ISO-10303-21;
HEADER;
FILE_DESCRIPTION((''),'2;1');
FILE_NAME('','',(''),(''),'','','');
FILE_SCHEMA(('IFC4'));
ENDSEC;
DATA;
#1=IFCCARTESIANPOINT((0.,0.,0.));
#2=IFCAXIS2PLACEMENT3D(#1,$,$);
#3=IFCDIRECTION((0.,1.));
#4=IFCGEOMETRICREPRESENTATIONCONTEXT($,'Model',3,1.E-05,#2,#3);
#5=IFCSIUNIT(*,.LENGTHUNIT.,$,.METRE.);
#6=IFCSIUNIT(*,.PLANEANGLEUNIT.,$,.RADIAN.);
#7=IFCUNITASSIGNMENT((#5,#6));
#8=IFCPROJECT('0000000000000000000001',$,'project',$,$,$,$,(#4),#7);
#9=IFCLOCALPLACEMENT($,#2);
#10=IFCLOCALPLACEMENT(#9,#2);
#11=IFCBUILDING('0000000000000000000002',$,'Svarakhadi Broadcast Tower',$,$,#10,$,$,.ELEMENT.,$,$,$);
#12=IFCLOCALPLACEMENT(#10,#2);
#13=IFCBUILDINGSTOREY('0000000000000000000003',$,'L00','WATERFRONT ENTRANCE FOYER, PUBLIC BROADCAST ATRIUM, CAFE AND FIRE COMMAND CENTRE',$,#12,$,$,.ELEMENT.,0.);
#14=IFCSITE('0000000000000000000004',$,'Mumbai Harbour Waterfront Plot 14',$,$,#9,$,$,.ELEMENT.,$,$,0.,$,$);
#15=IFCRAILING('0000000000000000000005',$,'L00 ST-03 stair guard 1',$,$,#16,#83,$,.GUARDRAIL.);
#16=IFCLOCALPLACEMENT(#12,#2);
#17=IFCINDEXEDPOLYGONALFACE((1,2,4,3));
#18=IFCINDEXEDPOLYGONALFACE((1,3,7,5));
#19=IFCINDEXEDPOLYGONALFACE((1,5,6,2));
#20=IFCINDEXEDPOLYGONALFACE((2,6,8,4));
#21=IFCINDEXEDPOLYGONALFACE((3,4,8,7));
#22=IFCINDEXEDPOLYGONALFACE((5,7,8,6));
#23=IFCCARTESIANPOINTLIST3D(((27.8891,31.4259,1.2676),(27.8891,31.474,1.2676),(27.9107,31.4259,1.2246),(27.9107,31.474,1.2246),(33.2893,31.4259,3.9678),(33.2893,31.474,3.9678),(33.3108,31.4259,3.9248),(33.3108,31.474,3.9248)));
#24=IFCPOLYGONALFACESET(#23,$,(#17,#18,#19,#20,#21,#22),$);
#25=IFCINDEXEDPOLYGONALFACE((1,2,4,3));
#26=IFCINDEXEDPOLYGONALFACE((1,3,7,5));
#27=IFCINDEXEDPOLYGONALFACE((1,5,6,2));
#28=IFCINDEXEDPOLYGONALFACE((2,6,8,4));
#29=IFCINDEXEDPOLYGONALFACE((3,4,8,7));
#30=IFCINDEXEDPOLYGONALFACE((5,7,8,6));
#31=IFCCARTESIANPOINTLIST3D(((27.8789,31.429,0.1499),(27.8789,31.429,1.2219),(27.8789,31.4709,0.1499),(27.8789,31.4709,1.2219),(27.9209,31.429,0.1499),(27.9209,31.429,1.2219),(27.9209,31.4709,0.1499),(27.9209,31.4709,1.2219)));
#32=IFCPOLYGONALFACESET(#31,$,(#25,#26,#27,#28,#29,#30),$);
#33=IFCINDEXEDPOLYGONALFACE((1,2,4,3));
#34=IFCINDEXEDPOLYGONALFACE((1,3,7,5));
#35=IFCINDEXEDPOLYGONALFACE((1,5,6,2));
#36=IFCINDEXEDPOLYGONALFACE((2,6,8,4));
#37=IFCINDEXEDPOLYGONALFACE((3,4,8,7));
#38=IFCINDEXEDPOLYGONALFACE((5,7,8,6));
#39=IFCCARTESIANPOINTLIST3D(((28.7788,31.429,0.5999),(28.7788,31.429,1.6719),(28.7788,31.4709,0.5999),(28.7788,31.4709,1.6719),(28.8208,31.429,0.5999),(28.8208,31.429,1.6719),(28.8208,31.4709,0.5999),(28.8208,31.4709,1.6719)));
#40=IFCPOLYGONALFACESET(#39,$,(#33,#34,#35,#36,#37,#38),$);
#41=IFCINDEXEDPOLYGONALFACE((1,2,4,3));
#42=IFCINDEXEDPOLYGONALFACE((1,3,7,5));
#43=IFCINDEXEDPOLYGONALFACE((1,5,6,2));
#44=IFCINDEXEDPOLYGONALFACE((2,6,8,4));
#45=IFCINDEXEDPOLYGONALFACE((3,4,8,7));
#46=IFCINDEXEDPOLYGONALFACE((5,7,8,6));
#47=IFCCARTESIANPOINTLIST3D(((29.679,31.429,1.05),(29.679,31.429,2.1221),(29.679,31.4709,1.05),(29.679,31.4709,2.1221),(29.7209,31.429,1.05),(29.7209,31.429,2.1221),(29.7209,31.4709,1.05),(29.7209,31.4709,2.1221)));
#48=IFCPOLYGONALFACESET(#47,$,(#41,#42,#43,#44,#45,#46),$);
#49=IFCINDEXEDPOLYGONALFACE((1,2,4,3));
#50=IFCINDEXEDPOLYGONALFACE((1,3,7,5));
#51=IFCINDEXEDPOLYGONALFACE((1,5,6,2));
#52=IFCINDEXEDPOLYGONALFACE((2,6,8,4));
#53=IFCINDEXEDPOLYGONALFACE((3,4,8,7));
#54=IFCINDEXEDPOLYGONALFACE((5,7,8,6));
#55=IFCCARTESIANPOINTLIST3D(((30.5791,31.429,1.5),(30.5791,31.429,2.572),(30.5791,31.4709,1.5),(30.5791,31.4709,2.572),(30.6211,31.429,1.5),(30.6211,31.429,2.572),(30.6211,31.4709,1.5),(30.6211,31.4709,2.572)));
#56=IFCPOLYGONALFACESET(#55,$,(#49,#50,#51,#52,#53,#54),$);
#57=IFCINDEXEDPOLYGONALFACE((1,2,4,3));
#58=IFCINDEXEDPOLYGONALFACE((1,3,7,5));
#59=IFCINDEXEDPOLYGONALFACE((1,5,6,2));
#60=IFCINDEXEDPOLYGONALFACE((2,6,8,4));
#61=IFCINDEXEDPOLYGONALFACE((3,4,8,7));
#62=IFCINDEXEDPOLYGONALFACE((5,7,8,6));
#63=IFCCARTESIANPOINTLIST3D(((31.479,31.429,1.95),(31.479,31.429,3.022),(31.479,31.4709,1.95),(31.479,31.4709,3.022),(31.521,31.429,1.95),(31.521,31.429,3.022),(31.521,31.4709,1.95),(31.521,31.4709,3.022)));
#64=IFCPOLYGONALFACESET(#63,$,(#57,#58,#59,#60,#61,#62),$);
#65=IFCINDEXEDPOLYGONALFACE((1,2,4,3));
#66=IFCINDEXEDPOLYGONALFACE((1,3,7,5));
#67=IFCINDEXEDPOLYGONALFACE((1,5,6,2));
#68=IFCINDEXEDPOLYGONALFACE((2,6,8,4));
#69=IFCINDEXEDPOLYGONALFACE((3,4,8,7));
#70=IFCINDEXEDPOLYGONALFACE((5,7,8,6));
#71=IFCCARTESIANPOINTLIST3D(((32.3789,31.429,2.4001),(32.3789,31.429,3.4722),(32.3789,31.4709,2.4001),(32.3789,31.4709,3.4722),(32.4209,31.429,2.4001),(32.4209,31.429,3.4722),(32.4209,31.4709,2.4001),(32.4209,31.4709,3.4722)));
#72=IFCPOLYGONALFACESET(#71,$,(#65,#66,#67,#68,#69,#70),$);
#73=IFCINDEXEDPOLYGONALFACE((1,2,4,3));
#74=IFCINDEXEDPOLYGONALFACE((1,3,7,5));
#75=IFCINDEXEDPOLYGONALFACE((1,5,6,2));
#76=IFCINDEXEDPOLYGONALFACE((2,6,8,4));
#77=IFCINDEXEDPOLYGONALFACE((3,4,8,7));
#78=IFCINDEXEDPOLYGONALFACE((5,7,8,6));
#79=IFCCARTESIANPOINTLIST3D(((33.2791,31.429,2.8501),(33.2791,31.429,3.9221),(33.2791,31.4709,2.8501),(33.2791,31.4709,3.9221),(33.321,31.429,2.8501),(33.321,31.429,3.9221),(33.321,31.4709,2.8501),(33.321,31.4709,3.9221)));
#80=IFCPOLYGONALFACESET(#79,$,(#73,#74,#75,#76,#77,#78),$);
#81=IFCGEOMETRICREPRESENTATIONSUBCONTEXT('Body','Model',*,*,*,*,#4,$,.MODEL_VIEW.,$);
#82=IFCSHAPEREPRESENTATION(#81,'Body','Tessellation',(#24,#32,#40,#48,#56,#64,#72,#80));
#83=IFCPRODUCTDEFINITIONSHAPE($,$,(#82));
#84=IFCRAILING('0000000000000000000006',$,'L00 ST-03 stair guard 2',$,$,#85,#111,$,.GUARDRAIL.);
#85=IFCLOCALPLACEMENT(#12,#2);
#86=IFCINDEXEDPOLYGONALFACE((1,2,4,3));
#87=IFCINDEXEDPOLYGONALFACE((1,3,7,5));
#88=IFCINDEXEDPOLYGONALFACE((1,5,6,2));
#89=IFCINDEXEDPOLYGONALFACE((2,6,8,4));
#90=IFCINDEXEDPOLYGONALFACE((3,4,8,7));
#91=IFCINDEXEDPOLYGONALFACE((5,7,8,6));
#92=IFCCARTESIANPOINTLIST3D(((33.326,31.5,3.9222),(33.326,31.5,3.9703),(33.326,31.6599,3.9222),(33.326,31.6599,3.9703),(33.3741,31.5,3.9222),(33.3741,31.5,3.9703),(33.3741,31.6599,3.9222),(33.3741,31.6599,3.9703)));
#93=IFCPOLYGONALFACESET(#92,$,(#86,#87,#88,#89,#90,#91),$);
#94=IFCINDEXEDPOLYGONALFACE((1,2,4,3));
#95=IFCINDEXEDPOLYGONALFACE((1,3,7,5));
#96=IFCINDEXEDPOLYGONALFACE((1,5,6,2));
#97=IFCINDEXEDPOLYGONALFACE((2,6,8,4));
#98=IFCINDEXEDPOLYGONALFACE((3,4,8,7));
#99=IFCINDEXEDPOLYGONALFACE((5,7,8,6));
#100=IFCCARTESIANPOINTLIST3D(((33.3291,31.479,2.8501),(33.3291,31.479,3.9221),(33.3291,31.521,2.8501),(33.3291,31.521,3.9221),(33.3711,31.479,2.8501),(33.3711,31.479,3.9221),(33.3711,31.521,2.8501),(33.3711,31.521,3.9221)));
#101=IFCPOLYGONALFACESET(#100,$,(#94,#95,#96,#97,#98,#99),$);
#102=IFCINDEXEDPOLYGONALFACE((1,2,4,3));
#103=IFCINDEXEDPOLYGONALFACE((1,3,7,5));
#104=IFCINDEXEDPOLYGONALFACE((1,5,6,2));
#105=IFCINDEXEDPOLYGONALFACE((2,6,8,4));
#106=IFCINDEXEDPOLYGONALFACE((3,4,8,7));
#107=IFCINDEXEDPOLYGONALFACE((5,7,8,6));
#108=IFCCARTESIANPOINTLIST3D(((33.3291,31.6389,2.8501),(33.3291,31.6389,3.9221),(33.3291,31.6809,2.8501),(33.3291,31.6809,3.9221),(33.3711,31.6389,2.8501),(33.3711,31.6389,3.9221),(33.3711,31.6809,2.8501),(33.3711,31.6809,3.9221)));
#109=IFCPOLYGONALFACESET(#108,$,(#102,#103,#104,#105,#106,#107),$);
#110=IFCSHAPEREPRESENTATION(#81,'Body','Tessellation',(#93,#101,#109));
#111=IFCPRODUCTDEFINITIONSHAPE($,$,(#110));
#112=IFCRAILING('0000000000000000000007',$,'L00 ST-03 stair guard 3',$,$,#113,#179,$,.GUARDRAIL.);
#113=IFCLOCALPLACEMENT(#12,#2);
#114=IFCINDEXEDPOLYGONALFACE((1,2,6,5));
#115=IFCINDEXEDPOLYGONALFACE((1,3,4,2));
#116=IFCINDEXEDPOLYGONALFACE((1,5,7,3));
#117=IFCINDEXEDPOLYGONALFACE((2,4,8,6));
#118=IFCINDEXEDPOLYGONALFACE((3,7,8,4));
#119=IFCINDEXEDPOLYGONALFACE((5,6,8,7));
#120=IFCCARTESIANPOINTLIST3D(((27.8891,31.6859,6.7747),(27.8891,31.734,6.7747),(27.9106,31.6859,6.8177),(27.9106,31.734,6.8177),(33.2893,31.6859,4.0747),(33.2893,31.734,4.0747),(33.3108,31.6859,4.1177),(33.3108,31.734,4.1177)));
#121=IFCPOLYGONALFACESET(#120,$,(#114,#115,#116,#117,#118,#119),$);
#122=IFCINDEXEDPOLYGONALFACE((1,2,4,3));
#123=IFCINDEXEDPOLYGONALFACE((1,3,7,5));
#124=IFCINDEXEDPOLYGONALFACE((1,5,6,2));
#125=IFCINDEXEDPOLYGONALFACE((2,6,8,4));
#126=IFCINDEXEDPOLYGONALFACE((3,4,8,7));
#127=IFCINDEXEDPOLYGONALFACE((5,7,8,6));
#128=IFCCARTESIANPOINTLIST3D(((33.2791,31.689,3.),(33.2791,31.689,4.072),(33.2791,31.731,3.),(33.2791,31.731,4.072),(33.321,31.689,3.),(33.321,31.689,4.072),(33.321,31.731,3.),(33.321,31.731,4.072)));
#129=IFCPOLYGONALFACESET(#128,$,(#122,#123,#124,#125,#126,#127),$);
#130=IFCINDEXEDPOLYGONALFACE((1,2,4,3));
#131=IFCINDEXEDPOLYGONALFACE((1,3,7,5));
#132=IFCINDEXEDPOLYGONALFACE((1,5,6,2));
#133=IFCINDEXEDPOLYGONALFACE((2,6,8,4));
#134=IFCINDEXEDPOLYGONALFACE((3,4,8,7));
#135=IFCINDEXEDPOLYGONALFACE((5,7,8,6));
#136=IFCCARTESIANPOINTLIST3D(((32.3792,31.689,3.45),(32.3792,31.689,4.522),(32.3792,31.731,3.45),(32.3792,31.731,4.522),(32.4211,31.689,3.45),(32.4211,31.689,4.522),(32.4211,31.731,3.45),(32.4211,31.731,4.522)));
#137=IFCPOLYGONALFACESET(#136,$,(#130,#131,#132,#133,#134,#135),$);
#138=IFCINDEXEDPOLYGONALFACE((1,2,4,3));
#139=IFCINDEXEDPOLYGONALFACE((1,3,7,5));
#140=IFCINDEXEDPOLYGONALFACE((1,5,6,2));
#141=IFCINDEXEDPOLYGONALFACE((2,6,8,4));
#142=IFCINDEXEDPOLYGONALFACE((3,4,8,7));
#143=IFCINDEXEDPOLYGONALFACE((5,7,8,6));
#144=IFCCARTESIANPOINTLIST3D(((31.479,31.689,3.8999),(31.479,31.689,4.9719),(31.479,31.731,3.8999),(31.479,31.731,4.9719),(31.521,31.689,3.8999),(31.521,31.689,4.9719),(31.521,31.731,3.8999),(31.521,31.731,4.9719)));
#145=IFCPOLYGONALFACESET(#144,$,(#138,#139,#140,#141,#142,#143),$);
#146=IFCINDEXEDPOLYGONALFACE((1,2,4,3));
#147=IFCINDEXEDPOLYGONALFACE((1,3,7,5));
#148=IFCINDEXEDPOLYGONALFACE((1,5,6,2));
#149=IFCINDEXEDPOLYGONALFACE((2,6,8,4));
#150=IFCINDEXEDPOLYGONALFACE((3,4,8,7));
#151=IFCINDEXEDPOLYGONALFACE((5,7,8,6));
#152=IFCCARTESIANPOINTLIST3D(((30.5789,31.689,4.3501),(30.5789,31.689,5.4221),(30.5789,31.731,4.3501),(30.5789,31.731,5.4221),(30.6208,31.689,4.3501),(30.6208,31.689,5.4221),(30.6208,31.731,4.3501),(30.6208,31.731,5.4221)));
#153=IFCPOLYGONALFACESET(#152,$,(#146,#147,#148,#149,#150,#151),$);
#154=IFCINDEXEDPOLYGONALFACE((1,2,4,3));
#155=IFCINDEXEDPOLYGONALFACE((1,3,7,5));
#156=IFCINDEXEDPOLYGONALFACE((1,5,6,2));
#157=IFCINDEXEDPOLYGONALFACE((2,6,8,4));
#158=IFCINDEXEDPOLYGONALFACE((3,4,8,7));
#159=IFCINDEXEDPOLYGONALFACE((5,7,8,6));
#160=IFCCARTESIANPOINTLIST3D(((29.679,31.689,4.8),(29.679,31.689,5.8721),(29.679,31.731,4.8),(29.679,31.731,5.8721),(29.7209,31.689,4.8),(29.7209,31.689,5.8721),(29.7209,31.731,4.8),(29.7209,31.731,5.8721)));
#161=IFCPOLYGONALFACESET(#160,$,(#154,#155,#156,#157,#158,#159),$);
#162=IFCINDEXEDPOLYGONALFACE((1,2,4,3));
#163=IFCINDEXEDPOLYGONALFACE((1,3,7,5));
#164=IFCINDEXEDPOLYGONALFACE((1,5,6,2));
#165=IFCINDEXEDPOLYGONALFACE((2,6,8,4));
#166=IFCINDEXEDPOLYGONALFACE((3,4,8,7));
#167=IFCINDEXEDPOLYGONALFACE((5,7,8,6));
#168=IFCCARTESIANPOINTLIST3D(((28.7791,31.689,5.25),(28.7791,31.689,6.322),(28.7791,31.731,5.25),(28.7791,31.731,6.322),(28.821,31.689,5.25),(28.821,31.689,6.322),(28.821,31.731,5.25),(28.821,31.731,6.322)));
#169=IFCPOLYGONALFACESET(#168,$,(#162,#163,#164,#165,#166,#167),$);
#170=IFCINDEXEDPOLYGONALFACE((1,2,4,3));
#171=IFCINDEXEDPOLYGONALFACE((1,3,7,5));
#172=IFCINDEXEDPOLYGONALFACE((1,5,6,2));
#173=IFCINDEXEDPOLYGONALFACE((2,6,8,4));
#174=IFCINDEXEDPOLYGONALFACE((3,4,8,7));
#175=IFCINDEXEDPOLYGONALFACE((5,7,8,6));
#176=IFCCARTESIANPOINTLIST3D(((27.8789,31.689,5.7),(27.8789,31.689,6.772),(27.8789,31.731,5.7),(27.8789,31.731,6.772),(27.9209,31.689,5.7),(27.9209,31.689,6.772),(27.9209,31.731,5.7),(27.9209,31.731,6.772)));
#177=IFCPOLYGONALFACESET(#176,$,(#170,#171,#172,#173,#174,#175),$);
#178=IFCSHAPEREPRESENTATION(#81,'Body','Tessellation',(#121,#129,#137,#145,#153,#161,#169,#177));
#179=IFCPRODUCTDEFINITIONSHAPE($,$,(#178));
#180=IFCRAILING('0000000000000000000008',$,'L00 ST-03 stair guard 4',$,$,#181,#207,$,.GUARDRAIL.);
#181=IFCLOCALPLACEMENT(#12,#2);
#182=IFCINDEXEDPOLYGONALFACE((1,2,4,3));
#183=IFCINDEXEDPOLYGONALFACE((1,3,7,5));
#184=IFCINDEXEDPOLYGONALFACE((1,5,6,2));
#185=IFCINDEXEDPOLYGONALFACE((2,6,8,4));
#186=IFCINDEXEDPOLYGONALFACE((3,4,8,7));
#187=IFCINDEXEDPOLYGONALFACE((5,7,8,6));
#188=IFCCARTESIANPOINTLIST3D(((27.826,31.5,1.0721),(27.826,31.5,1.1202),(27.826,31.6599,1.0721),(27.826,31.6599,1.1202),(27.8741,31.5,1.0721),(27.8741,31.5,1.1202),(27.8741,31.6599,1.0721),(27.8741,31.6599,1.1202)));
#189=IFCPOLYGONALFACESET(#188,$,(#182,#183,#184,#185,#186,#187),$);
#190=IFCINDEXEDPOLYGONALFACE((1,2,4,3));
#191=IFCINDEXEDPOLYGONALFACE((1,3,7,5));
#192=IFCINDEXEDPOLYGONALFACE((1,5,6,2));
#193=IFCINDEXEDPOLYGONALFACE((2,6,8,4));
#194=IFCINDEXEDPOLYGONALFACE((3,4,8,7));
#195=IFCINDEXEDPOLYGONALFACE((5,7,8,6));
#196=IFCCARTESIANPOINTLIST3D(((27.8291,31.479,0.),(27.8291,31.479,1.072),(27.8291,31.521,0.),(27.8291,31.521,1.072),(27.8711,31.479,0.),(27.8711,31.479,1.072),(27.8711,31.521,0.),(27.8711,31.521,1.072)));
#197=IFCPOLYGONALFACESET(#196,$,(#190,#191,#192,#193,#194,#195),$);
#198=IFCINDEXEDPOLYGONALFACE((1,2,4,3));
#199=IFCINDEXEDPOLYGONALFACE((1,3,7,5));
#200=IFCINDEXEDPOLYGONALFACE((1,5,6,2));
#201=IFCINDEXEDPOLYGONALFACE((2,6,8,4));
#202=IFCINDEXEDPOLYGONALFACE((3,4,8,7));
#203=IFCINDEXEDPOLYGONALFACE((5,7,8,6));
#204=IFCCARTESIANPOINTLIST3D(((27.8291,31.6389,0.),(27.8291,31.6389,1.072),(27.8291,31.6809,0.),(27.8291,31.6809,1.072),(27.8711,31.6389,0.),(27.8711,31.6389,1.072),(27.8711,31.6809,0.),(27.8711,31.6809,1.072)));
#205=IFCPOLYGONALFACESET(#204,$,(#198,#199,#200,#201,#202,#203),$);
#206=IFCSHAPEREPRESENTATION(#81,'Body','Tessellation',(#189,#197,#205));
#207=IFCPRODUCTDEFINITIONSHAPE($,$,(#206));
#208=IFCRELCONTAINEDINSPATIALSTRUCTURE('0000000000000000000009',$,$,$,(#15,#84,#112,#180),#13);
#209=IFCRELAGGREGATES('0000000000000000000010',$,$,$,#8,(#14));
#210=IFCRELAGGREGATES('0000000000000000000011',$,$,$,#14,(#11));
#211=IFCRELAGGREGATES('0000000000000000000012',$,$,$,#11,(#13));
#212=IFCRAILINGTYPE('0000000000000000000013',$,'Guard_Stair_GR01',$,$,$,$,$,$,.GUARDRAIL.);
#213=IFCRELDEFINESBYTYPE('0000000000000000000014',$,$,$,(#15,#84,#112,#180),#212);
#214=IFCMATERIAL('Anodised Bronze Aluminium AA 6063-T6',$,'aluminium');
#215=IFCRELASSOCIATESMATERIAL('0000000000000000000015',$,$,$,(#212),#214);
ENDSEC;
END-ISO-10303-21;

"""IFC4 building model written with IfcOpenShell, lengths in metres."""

from ifc_helpers import new_model, si_unit, direction, frame, origin, origin_2d, place, context, subcontext, project, spatial, rectangle, extrude, material, type_object, element, save


model = new_model("IFC4")

# Units and contexts
model_context = context("Model", 3, precision=1e-05, world=origin(), true_north=direction((0.0, 1.0)))
body_context = subcontext(model_context, "Body", "Model", "MODEL_VIEW")
ifc_project = project(units=[si_unit("LENGTHUNIT", "METRE"), si_unit("PLANEANGLEUNIT", "RADIAN")], contexts=[model_context])

# Site, building, storey
site_placement = place(None, origin())
site = spatial("IfcSite", under=ifc_project, at=site_placement, Name="Mumbai Harbour Waterfront Plot 14", CompositionType="ELEMENT", RefElevation=0.0)
building_placement = place(site_placement, origin())
building = spatial("IfcBuilding", under=site, at=building_placement, Name="Svarakhadi Broadcast Tower", CompositionType="ELEMENT")
storey_placement = place(building_placement, origin())
storey = spatial("IfcBuildingStorey", under=building, at=storey_placement, Name="L00", Description="WATERFRONT ENTRANCE FOYER, PUBLIC BROADCAST ATRIUM, CAFE AND FIRE COMMAND CENTRE", CompositionType="ELEMENT", Elevation=0.0)

# Shared definitions
ifc_material_1 = material(Name="Anodised Bronze Aluminium AA 6063-T6", Category="aluminium")

# Railings
railing_type_1 = type_object("IfcRailingType", Name="Guard_Stair_GR01", PredefinedType="GUARDRAIL", material=ifc_material_1)
railing_1_placement = place(storey_placement, frame((27.8999, 31.45, 0.1499)))
element("IfcRailing", 1, at=railing_1_placement, inside=storey, type_object=railing_type_1, Name="L00 ST-03 stair guard 1", PredefinedType="GUARDRAIL", context=body_context, shape_type="SweptSolid", body=[
    extrude(rectangle(XDim=0.0481, YDim=0.0481, at=origin_2d()), frame((0.0, 0.0, 1.0962), z_axis=(0.894419, 0.0, 0.44723), x_axis=(0.0, 1.0, 0.0)), (0.0, 0.0, 1.0), 6.0376),
    extrude(rectangle(XDim=0.042, YDim=0.042, at=origin_2d()), origin(), (0.0, 0.0, 1.0), 1.072),
    extrude(rectangle(XDim=0.042, YDim=0.042, at=origin_2d()), frame((0.8999, 0.0, 0.45)), (0.0, 0.0, 1.0), 1.072),
    extrude(rectangle(XDim=0.042, YDim=0.042, at=origin_2d()), frame((1.8, 0.0, 0.9001)), (0.0, 0.0, 1.0), 1.072),
    extrude(rectangle(XDim=0.042, YDim=0.042, at=origin_2d()), frame((2.7002, 0.0, 1.3501)), (0.0, 0.0, 1.0), 1.072),
    extrude(rectangle(XDim=0.042, YDim=0.042, at=origin_2d()), frame((3.6001, 0.0, 1.8)), (0.0, 0.0, 1.0), 1.072),
    extrude(rectangle(XDim=0.042, YDim=0.042, at=origin_2d()), frame((4.5, 0.0, 2.2502)), (0.0, 0.0, 1.0), 1.072),
    extrude(rectangle(XDim=0.042, YDim=0.042, at=origin_2d()), frame((5.4001, 0.0, 2.7002)), (0.0, 0.0, 1.0), 1.072),
])
railing_2_placement = place(storey_placement, frame((33.3501, 31.5, 2.8501)))
element("IfcRailing", 2, at=railing_2_placement, inside=storey, type_object=railing_type_1, Name="L00 ST-03 stair guard 2", PredefinedType="GUARDRAIL", context=body_context, shape_type="SweptSolid", body=[
    extrude(rectangle(XDim=0.0481, YDim=0.0481, at=origin_2d()), frame((0.0, 0.0, 1.0962), z_axis=(0.0, 1.0, 0.0), x_axis=(-1.0, 0.0, 0.0)), (0.0, 0.0, 1.0), 0.1599),
    extrude(rectangle(XDim=0.042, YDim=0.042, at=origin_2d()), origin(), (0.0, 0.0, 1.0), 1.072),
    extrude(rectangle(XDim=0.042, YDim=0.042, at=origin_2d()), frame((0.0, 0.1599, 0.0)), (0.0, 0.0, 1.0), 1.072),
])
railing_3_placement = place(storey_placement, frame((33.3, 31.71, 3.0)))
element("IfcRailing", 3, at=railing_3_placement, inside=storey, type_object=railing_type_1, Name="L00 ST-03 stair guard 3", PredefinedType="GUARDRAIL", context=body_context, shape_type="SweptSolid", body=[
    extrude(rectangle(XDim=0.0481, YDim=0.0481, at=origin_2d()), frame((0.0, 0.0, 1.0962), z_axis=(-0.894435, 0.0, 0.447197), x_axis=(0.0, -1.0, 0.0)), (0.0, 0.0, 1.0), 6.0376),
    extrude(rectangle(XDim=0.042, YDim=0.042, at=origin_2d()), origin(), (0.0, 0.0, 1.0), 1.072),
    extrude(rectangle(XDim=0.042, YDim=0.042, at=origin_2d()), frame((-0.8999, 0.0, 0.45)), (0.0, 0.0, 1.0), 1.072),
    extrude(rectangle(XDim=0.042, YDim=0.042, at=origin_2d()), frame((-1.8, 0.0, 0.8999)), (0.0, 0.0, 1.0), 1.072),
    extrude(rectangle(XDim=0.042, YDim=0.042, at=origin_2d()), frame((-2.7002, 0.0, 1.3501)), (0.0, 0.0, 1.0), 1.072),
    extrude(rectangle(XDim=0.042, YDim=0.042, at=origin_2d()), frame((-3.6001, 0.0, 1.8)), (0.0, 0.0, 1.0), 1.072),
    extrude(rectangle(XDim=0.042, YDim=0.042, at=origin_2d()), frame((-4.5, 0.0, 2.25)), (0.0, 0.0, 1.0), 1.072),
    extrude(rectangle(XDim=0.042, YDim=0.042, at=origin_2d()), frame((-5.4001, 0.0, 2.7)), (0.0, 0.0, 1.0), 1.072),
])
railing_4_placement = place(storey_placement, frame((27.8501, 31.5, 0.0)))
element("IfcRailing", 4, at=railing_4_placement, inside=storey, type_object=railing_type_1, Name="L00 ST-03 stair guard 4", PredefinedType="GUARDRAIL", context=body_context, shape_type="SweptSolid", body=[
    extrude(rectangle(XDim=0.0481, YDim=0.0481, at=origin_2d()), frame((0.0, 0.0, 1.0962), z_axis=(0.0, 1.0, 0.0), x_axis=(-1.0, 0.0, 0.0)), (0.0, 0.0, 1.0), 0.1599),
    extrude(rectangle(XDim=0.042, YDim=0.042, at=origin_2d()), origin(), (0.0, 0.0, 1.0), 1.072),
    extrude(rectangle(XDim=0.042, YDim=0.042, at=origin_2d()), frame((0.0, 0.1599, 0.0)), (0.0, 0.0, 1.0), 1.072),
])

save(model, "model.ifc")
